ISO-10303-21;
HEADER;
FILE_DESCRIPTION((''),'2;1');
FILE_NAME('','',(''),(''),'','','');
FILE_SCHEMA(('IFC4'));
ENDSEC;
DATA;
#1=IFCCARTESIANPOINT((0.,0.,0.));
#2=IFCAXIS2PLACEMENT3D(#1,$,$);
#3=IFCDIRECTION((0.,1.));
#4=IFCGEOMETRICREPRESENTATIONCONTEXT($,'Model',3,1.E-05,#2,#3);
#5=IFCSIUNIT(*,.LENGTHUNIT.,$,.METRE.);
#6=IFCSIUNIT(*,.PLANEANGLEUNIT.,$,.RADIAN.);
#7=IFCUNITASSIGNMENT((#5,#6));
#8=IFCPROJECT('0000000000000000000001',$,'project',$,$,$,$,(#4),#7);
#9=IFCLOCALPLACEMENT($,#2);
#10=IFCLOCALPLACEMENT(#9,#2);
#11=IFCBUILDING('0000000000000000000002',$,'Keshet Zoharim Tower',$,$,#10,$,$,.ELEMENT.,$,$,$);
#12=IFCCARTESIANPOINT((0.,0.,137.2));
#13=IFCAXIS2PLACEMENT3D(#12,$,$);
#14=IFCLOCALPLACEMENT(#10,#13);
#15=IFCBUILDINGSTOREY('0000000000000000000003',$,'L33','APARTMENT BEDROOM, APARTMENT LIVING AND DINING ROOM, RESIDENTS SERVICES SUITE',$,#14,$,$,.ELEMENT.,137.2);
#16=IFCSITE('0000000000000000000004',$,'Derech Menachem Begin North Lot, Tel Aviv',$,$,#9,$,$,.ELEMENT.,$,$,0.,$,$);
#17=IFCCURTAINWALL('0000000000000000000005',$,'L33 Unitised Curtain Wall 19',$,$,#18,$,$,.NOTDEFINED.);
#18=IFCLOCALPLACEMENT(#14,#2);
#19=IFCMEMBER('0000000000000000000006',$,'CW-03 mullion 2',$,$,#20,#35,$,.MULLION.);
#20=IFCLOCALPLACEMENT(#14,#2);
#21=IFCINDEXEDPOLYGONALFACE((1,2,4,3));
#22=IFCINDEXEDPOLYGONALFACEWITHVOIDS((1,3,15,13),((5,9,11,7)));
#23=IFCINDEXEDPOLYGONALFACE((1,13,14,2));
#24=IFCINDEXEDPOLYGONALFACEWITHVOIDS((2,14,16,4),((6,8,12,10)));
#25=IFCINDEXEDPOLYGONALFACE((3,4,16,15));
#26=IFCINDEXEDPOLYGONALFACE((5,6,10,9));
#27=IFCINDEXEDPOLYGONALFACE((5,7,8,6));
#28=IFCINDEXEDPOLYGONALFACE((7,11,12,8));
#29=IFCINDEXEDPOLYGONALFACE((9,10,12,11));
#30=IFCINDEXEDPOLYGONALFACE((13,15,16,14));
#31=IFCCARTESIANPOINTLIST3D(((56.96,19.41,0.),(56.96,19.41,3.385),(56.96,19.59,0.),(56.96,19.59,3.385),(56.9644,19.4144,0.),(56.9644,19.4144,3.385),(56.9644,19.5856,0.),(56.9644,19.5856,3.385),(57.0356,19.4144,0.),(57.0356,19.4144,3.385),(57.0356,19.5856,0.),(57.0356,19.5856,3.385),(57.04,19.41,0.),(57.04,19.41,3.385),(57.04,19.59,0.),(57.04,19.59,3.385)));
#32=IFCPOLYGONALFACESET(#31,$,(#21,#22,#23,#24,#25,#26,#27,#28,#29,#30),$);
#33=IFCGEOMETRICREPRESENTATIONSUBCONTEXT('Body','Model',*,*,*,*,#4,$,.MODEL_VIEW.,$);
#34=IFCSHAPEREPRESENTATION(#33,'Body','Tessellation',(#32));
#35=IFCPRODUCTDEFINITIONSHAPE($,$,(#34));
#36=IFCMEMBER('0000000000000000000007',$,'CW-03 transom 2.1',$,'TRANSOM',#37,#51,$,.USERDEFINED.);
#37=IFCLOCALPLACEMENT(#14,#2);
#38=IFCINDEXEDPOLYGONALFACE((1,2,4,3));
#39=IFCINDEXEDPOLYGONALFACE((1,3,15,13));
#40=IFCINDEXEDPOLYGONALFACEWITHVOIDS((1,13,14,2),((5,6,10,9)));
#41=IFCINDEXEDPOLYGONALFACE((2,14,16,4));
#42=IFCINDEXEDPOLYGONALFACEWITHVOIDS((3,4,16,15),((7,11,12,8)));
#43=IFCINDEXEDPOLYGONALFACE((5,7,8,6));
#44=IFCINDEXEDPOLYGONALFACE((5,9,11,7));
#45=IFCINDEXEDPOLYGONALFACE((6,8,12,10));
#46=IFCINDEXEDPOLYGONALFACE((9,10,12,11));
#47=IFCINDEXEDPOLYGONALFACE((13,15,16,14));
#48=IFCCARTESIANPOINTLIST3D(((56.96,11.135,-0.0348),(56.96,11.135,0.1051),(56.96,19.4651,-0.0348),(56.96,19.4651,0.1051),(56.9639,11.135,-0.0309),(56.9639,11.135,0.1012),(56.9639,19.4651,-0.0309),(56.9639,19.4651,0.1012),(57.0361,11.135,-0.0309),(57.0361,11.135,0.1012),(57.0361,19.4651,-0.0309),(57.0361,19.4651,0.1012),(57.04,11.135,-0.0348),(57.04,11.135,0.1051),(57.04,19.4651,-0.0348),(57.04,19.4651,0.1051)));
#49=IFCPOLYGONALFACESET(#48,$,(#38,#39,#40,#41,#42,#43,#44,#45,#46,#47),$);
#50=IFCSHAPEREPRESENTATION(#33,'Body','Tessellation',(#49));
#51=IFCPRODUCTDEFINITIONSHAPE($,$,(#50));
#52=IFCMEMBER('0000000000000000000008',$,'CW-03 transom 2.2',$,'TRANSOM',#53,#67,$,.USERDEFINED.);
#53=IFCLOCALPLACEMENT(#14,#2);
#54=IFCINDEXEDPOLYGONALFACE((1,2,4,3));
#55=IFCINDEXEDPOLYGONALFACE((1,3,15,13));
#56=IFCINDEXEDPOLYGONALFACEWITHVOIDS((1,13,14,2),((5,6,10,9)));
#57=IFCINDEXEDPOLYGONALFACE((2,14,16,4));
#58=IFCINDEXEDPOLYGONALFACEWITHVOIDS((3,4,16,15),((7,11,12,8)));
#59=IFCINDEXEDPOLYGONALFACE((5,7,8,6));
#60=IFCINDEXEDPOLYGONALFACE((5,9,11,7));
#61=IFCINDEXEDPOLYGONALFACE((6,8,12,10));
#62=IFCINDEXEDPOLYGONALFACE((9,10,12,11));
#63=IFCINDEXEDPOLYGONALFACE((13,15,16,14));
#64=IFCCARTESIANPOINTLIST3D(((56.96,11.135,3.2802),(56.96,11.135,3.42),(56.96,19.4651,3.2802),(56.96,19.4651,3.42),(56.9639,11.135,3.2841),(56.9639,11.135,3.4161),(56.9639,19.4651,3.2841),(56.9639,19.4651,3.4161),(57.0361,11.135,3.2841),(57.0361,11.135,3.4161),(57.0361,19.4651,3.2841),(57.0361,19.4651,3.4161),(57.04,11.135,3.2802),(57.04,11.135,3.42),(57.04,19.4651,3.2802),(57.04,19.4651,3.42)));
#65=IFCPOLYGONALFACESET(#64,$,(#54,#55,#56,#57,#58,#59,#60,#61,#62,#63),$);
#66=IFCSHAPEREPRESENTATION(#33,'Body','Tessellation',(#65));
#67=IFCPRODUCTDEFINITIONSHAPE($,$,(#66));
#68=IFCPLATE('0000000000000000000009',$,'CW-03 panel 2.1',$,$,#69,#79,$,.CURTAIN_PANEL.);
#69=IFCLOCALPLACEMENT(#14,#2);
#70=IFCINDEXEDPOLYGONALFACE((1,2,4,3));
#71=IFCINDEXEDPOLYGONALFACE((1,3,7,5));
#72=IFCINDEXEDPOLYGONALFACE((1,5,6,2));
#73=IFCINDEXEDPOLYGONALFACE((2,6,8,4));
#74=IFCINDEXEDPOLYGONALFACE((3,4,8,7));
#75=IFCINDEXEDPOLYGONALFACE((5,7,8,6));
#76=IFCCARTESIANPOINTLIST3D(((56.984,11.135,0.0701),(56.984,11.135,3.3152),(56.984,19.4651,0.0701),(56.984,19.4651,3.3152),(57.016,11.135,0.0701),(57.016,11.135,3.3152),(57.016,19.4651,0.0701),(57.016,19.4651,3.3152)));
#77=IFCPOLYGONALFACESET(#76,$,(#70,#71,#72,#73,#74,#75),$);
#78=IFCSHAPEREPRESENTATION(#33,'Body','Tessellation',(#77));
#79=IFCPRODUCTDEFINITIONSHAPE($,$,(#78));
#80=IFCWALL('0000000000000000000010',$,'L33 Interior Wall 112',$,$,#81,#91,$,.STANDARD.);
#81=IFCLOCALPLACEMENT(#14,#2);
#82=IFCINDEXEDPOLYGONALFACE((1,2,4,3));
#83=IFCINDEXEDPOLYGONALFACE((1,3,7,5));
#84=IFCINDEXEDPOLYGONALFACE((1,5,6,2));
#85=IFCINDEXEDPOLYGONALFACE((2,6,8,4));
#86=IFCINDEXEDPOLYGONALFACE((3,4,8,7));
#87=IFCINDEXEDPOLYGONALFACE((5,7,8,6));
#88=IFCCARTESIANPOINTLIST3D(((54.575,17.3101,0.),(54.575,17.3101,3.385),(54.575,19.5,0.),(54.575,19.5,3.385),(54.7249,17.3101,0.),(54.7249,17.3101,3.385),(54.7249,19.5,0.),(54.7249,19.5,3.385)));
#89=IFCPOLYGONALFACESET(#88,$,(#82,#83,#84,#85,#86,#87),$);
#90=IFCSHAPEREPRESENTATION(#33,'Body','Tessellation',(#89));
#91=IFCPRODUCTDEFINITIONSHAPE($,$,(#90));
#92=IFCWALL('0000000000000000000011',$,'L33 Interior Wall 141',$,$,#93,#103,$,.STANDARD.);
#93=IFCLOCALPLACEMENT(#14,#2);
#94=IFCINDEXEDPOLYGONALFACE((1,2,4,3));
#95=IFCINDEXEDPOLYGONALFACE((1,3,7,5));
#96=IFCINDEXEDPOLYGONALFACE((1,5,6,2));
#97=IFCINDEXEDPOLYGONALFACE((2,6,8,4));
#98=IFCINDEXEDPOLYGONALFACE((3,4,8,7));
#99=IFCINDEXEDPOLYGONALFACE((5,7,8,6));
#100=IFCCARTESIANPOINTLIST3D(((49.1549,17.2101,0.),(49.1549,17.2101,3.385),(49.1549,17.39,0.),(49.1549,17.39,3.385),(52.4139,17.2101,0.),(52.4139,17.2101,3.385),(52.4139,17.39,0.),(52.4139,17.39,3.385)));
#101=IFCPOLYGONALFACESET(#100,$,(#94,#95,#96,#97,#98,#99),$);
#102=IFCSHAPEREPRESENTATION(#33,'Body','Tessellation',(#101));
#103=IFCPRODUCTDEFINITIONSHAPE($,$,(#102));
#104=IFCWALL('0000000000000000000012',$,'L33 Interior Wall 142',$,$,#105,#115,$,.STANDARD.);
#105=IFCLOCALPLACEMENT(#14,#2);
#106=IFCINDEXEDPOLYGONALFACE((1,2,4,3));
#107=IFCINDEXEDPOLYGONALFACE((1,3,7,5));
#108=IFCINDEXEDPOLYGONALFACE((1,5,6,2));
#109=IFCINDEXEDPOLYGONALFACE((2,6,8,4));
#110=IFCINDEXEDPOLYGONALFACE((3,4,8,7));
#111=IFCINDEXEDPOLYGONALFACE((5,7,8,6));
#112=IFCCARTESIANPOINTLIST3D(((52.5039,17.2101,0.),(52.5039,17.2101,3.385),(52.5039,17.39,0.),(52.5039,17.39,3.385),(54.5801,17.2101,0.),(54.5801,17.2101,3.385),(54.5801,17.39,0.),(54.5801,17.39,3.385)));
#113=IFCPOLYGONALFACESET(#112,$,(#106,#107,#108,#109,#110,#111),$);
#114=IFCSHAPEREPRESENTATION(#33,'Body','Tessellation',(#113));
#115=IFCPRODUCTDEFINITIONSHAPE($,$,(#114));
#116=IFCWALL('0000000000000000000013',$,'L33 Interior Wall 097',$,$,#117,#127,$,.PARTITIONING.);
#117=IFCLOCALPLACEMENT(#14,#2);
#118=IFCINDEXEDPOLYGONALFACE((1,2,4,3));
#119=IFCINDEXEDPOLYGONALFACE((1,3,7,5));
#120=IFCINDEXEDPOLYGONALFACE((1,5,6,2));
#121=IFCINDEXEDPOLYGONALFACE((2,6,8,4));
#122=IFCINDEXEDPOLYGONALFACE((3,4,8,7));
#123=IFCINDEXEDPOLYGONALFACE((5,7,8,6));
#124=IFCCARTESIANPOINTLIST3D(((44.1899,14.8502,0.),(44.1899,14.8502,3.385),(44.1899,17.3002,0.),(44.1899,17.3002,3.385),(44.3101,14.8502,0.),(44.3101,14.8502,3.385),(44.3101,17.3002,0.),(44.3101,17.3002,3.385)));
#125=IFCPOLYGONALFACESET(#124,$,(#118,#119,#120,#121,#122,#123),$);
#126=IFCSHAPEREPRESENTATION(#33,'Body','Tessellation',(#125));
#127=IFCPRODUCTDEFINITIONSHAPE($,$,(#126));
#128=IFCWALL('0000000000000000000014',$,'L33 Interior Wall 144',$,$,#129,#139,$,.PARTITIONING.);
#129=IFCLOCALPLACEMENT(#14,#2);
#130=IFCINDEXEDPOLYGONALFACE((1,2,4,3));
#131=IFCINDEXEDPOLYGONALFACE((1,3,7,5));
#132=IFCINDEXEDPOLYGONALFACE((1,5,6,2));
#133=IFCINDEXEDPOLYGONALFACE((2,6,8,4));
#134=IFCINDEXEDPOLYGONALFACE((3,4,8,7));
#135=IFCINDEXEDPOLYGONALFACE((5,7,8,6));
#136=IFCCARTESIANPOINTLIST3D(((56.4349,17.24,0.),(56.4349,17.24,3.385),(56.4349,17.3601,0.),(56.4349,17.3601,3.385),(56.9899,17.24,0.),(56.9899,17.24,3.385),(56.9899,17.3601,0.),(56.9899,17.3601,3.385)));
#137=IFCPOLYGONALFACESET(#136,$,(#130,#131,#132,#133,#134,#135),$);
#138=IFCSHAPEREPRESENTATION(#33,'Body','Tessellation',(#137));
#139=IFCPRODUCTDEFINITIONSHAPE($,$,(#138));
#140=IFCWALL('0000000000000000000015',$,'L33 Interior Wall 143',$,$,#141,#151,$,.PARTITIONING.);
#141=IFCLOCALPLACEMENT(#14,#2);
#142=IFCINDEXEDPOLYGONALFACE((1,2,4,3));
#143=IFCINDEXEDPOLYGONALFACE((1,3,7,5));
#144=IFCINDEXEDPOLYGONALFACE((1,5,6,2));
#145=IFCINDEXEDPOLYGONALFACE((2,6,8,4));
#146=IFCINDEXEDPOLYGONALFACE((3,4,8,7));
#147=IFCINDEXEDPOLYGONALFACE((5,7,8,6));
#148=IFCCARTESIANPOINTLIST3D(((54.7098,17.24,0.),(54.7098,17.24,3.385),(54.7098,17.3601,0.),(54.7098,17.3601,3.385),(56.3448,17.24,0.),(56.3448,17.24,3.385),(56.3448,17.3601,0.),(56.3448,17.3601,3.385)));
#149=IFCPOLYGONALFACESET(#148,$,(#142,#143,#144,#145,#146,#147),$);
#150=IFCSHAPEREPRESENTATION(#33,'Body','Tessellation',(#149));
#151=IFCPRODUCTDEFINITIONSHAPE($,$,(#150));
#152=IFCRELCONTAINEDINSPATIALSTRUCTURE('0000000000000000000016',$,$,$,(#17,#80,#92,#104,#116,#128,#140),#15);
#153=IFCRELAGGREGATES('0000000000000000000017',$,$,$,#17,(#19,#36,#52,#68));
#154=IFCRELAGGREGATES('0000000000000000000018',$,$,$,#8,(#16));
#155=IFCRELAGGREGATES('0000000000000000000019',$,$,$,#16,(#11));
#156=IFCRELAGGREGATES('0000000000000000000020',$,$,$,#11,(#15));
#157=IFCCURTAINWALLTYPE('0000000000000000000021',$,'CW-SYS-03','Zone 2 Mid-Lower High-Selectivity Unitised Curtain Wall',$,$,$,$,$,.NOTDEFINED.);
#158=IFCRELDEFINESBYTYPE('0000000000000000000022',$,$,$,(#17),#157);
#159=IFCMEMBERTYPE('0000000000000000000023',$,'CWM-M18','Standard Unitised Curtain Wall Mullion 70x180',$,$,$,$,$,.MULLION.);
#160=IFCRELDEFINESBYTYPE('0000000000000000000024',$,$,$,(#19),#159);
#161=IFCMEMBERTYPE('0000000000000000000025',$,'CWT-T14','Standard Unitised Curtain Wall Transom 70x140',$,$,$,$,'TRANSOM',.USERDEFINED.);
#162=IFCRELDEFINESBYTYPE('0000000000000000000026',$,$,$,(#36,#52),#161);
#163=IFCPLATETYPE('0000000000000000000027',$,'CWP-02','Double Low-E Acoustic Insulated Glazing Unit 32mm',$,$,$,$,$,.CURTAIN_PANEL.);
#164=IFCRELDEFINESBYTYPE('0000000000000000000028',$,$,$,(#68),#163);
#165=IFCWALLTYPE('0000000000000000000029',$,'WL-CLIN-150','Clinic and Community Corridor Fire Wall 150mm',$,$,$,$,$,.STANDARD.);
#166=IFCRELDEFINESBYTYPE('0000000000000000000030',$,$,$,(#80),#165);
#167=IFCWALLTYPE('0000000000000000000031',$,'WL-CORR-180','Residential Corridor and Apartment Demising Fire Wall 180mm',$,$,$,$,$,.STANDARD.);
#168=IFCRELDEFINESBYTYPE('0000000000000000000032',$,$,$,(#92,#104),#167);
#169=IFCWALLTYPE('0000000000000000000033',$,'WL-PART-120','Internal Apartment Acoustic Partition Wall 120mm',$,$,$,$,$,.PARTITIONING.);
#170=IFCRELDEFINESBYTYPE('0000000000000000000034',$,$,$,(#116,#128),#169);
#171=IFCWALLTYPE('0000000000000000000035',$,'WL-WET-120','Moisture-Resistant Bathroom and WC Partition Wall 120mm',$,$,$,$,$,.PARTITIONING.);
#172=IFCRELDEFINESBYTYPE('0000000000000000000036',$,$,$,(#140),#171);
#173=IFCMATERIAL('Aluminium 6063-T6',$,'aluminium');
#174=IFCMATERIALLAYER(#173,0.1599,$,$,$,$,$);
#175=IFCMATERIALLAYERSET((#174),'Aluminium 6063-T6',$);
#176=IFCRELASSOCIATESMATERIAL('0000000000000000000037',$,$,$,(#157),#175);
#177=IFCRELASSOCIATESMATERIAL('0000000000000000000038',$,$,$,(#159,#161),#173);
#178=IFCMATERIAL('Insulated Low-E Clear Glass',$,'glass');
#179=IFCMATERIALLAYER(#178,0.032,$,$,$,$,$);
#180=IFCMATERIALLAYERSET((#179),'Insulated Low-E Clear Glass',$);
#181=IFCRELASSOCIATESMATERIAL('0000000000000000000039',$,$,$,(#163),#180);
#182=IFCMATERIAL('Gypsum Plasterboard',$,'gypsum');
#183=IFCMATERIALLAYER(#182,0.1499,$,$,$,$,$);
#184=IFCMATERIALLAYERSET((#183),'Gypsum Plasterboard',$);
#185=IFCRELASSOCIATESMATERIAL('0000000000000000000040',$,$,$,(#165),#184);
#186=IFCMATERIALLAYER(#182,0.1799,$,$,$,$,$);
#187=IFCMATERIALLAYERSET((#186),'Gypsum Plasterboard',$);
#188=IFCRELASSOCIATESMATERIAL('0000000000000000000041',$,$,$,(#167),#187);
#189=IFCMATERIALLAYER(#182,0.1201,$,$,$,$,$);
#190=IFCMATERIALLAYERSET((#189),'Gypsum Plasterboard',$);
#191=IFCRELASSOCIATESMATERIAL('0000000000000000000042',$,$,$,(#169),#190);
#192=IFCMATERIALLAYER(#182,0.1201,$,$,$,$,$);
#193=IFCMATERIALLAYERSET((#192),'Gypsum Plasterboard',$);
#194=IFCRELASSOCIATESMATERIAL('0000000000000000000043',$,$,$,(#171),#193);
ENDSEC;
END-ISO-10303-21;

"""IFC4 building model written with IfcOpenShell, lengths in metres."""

from ifc_helpers import new_model, si_unit, direction, frame, frame_2d, origin, origin_2d, place, context, subcontext, project, spatial, rectangle, hollow_rectangle, extrude, material, layer, layer_set, material_profile, profile_set, type_object, element, aggregate, save


model = new_model("IFC4")

# Units and contexts
model_context = context("Model", 3, precision=1e-05, world=origin(), true_north=direction((0.0, 1.0)))
body_context = subcontext(model_context, "Body", "Model", "MODEL_VIEW")
ifc_project = project(units=[si_unit("LENGTHUNIT", "METRE"), si_unit("PLANEANGLEUNIT", "RADIAN")], contexts=[model_context])

# Site, building, storey
site_placement = place(None, origin())
site = spatial("IfcSite", under=ifc_project, at=site_placement, Name="Derech Menachem Begin North Lot, Tel Aviv", CompositionType="ELEMENT", RefElevation=0.0)
building_placement = place(site_placement, origin())
building = spatial("IfcBuilding", under=site, at=building_placement, Name="Keshet Zoharim Tower", CompositionType="ELEMENT")
storey_placement = place(building_placement, frame((0.0, 0.0, 137.2)))
storey = spatial("IfcBuildingStorey", under=building, at=storey_placement, Name="L33", Description="APARTMENT BEDROOM, APARTMENT LIVING AND DINING ROOM, RESIDENTS SERVICES SUITE", CompositionType="ELEMENT", Elevation=137.2)

# Curtain wall, members, plate
ifc_material_1 = material(Name="Aluminium 6063-T6", Category="aluminium")
ifc_layer_1 = layer(ifc_material_1, 0.1599)
ifc_layer_set_1 = layer_set([ifc_layer_1], Name="Aluminium 6063-T6")
curtain_wall_type = type_object("IfcCurtainWallType", Name="CW-SYS-03", Description="Zone 2 Mid-Lower High-Selectivity Unitised Curtain Wall", PredefinedType="NOTDEFINED", material=ifc_layer_set_1)
curtain_wall_placement = place(storey_placement, origin())
curtain_wall = element("IfcCurtainWall", 1, at=curtain_wall_placement, inside=storey, type_object=curtain_wall_type, Name="L33 Unitised Curtain Wall 19", PredefinedType="NOTDEFINED")
ifc_material_profile_1 = material_profile(ifc_material_1, hollow_rectangle(XDim=0.0801, YDim=0.1799, WallThickness=0.0044, at=origin_2d()), Name="MUL-80x180")
ifc_profile_set_1 = profile_set([ifc_material_profile_1], Name="Aluminium 6063-T6")
member_type_1 = type_object("IfcMemberType", Name="CWM-M18", Description="Standard Unitised Curtain Wall Mullion 70x180", PredefinedType="MULLION", material=ifc_profile_set_1)
member_1_placement = place(storey_placement, frame((57.0, 19.5, 0.0), z_axis=(0.0, 0.0, 1.0), x_axis=(1.0, 0.0, 0.0)))
member_1 = element("IfcMember", 2, at=member_1_placement, type_object=member_type_1, Name="CW-03 mullion 2", PredefinedType="MULLION", context=body_context, shape_type="SweptSolid", body=[
    extrude(hollow_rectangle(XDim=0.0801, YDim=0.1799, WallThickness=0.0044, at=origin_2d()), origin(), (0.0, 0.0, 1.0), 3.385),
])
ifc_material_profile_2 = material_profile(ifc_material_1, hollow_rectangle(XDim=0.0801, YDim=0.1399, WallThickness=0.0039, at=origin_2d()), Name="TRN-80x140")
ifc_profile_set_2 = profile_set([ifc_material_profile_2], Name="Aluminium 6063-T6")
member_type_2 = type_object("IfcMemberType", Name="CWT-T14", Description="Standard Unitised Curtain Wall Transom 70x140", ElementType="TRANSOM", PredefinedType="USERDEFINED", material=ifc_profile_set_2)
member_2_placement = place(storey_placement, frame((57.0, 19.4651, 0.0352), z_axis=(0.0, -1.0, 0.0), x_axis=(1.0, 0.0, 0.0)))
member_2 = element("IfcMember", 3, at=member_2_placement, type_object=member_type_2, Name="CW-03 transom 2.1", ObjectType="TRANSOM", PredefinedType="USERDEFINED", context=body_context, shape_type="SweptSolid", body=[
    extrude(hollow_rectangle(XDim=0.0801, YDim=0.1399, WallThickness=0.0039, at=origin_2d()), origin(), (0.0, 0.0, 1.0), 8.3301),
])
member_3_placement = place(storey_placement, frame((57.0, 19.4651, 3.3501), z_axis=(0.0, -1.0, 0.0), x_axis=(1.0, 0.0, 0.0)))
member_3 = element("IfcMember", 4, at=member_3_placement, type_object=member_type_2, Name="CW-03 transom 2.2", ObjectType="TRANSOM", PredefinedType="USERDEFINED", context=body_context, shape_type="SweptSolid", body=[
    extrude(hollow_rectangle(XDim=0.0801, YDim=0.1399, WallThickness=0.0039, at=origin_2d()), origin(), (0.0, 0.0, 1.0), 8.3301),
])
ifc_material_2 = material(Name="Insulated Low-E Clear Glass", Category="glass")
ifc_layer_2 = layer(ifc_material_2, 0.032)
ifc_layer_set_2 = layer_set([ifc_layer_2], Name="Insulated Low-E Clear Glass")
plate_type = type_object("IfcPlateType", Name="CWP-02", Description="Double Low-E Acoustic Insulated Glazing Unit 32mm", PredefinedType="CURTAIN_PANEL", material=ifc_layer_set_2)
plate_placement = place(storey_placement, frame((57.0, 15.3, 0.0701), z_axis=(0.0, 0.0, 1.0), x_axis=(0.0, -1.0, 0.0)))
plate = element("IfcPlate", 5, at=plate_placement, type_object=plate_type, Name="CW-03 panel 2.1", PredefinedType="CURTAIN_PANEL", context=body_context, shape_type="SweptSolid", body=[
    extrude(rectangle(XDim=8.3301, YDim=0.032, at=origin_2d()), origin(), (0.0, 0.0, 1.0), 3.2451),
])
aggregate(curtain_wall, [member_1, member_2, member_3, plate])

# Walls
ifc_material_3 = material(Name="Gypsum Plasterboard", Category="gypsum")
ifc_layer_3 = layer(ifc_material_3, 0.1499)
ifc_layer_set_3 = layer_set([ifc_layer_3], Name="Gypsum Plasterboard")
wall_type_1 = type_object("IfcWallType", Name="WL-CLIN-150", Description="Clinic and Community Corridor Fire Wall 150mm", PredefinedType="STANDARD", material=ifc_layer_set_3)
wall_1_placement = place(storey_placement, frame((54.6499, 17.3101, 0.0), z_axis=(0.0, 0.0, 1.0), x_axis=(0.0, 1.0, 0.0)))
element("IfcWall", 6, at=wall_1_placement, inside=storey, type_object=wall_type_1, Name="L33 Interior Wall 112", PredefinedType="STANDARD", context=body_context, shape_type="SweptSolid", body=[
    extrude(rectangle(XDim=2.1899, YDim=0.1499, at=frame_2d((1.095, 0.0))), origin(), (0.0, 0.0, 1.0), 3.385),
])
ifc_layer_4 = layer(ifc_material_3, 0.1799)
ifc_layer_set_4 = layer_set([ifc_layer_4], Name="Gypsum Plasterboard")
wall_type_2 = type_object("IfcWallType", Name="WL-CORR-180", Description="Residential Corridor and Apartment Demising Fire Wall 180mm", PredefinedType="STANDARD", material=ifc_layer_set_4)
wall_2_placement = place(storey_placement, frame((49.155, 17.3, 0.0), z_axis=(0.0, 0.0, 1.0), x_axis=(1.0, 0.0, 0.0)))
element("IfcWall", 7, at=wall_2_placement, inside=storey, type_object=wall_type_2, Name="L33 Interior Wall 141", PredefinedType="STANDARD", context=body_context, shape_type="SweptSolid", body=[
    extrude(rectangle(XDim=3.259, YDim=0.1799, at=frame_2d((1.6294, 0.0))), origin(), (0.0, 0.0, 1.0), 3.385),
])
wall_3_placement = place(storey_placement, frame((52.5039, 17.3, 0.0), z_axis=(0.0, 0.0, 1.0), x_axis=(1.0, 0.0, 0.0)))
element("IfcWall", 8, at=wall_3_placement, inside=storey, type_object=wall_type_2, Name="L33 Interior Wall 142", PredefinedType="STANDARD", context=body_context, shape_type="SweptSolid", body=[
    extrude(rectangle(XDim=2.0762, YDim=0.1799, at=frame_2d((1.0381, 0.0))), origin(), (0.0, 0.0, 1.0), 3.385),
])
ifc_layer_5 = layer(ifc_material_3, 0.1201)
ifc_layer_set_5 = layer_set([ifc_layer_5], Name="Gypsum Plasterboard")
wall_type_3 = type_object("IfcWallType", Name="WL-PART-120", Description="Internal Apartment Acoustic Partition Wall 120mm", PredefinedType="PARTITIONING", material=ifc_layer_set_5)
wall_4_placement = place(storey_placement, frame((44.25, 14.8501, 0.0), z_axis=(0.0, 0.0, 1.0), x_axis=(0.0, 1.0, 0.0)))
element("IfcWall", 9, at=wall_4_placement, inside=storey, type_object=wall_type_3, Name="L33 Interior Wall 097", PredefinedType="PARTITIONING", context=body_context, shape_type="SweptSolid", body=[
    extrude(rectangle(XDim=2.45, YDim=0.1201, at=frame_2d((1.2251, 0.0))), origin(), (0.0, 0.0, 1.0), 3.385),
])

# Walls
wall_5_placement = place(storey_placement, frame((56.4351, 17.3, 0.0), z_axis=(0.0, 0.0, 1.0), x_axis=(1.0, 0.0, 0.0)))
element("IfcWall", 10, at=wall_5_placement, inside=storey, type_object=wall_type_3, Name="L33 Interior Wall 144", PredefinedType="PARTITIONING", context=body_context, shape_type="SweptSolid", body=[
    extrude(rectangle(XDim=0.5549, YDim=0.1201, at=frame_2d((0.2773, 0.0))), origin(), (0.0, 0.0, 1.0), 3.385),
])
ifc_layer_6 = layer(ifc_material_3, 0.1201)
ifc_layer_set_6 = layer_set([ifc_layer_6], Name="Gypsum Plasterboard")
wall_type_4 = type_object("IfcWallType", Name="WL-WET-120", Description="Moisture-Resistant Bathroom and WC Partition Wall 120mm", PredefinedType="PARTITIONING", material=ifc_layer_set_6)
wall_6_placement = place(storey_placement, frame((54.71, 17.3, 0.0), z_axis=(0.0, 0.0, 1.0), x_axis=(1.0, 0.0, 0.0)))
element("IfcWall", 11, at=wall_6_placement, inside=storey, type_object=wall_type_4, Name="L33 Interior Wall 143", PredefinedType="PARTITIONING", context=body_context, shape_type="SweptSolid", body=[
    extrude(rectangle(XDim=1.635, YDim=0.1201, at=frame_2d((0.8174, 0.0))), origin(), (0.0, 0.0, 1.0), 3.385),
])

save(model, "model.ifc")
